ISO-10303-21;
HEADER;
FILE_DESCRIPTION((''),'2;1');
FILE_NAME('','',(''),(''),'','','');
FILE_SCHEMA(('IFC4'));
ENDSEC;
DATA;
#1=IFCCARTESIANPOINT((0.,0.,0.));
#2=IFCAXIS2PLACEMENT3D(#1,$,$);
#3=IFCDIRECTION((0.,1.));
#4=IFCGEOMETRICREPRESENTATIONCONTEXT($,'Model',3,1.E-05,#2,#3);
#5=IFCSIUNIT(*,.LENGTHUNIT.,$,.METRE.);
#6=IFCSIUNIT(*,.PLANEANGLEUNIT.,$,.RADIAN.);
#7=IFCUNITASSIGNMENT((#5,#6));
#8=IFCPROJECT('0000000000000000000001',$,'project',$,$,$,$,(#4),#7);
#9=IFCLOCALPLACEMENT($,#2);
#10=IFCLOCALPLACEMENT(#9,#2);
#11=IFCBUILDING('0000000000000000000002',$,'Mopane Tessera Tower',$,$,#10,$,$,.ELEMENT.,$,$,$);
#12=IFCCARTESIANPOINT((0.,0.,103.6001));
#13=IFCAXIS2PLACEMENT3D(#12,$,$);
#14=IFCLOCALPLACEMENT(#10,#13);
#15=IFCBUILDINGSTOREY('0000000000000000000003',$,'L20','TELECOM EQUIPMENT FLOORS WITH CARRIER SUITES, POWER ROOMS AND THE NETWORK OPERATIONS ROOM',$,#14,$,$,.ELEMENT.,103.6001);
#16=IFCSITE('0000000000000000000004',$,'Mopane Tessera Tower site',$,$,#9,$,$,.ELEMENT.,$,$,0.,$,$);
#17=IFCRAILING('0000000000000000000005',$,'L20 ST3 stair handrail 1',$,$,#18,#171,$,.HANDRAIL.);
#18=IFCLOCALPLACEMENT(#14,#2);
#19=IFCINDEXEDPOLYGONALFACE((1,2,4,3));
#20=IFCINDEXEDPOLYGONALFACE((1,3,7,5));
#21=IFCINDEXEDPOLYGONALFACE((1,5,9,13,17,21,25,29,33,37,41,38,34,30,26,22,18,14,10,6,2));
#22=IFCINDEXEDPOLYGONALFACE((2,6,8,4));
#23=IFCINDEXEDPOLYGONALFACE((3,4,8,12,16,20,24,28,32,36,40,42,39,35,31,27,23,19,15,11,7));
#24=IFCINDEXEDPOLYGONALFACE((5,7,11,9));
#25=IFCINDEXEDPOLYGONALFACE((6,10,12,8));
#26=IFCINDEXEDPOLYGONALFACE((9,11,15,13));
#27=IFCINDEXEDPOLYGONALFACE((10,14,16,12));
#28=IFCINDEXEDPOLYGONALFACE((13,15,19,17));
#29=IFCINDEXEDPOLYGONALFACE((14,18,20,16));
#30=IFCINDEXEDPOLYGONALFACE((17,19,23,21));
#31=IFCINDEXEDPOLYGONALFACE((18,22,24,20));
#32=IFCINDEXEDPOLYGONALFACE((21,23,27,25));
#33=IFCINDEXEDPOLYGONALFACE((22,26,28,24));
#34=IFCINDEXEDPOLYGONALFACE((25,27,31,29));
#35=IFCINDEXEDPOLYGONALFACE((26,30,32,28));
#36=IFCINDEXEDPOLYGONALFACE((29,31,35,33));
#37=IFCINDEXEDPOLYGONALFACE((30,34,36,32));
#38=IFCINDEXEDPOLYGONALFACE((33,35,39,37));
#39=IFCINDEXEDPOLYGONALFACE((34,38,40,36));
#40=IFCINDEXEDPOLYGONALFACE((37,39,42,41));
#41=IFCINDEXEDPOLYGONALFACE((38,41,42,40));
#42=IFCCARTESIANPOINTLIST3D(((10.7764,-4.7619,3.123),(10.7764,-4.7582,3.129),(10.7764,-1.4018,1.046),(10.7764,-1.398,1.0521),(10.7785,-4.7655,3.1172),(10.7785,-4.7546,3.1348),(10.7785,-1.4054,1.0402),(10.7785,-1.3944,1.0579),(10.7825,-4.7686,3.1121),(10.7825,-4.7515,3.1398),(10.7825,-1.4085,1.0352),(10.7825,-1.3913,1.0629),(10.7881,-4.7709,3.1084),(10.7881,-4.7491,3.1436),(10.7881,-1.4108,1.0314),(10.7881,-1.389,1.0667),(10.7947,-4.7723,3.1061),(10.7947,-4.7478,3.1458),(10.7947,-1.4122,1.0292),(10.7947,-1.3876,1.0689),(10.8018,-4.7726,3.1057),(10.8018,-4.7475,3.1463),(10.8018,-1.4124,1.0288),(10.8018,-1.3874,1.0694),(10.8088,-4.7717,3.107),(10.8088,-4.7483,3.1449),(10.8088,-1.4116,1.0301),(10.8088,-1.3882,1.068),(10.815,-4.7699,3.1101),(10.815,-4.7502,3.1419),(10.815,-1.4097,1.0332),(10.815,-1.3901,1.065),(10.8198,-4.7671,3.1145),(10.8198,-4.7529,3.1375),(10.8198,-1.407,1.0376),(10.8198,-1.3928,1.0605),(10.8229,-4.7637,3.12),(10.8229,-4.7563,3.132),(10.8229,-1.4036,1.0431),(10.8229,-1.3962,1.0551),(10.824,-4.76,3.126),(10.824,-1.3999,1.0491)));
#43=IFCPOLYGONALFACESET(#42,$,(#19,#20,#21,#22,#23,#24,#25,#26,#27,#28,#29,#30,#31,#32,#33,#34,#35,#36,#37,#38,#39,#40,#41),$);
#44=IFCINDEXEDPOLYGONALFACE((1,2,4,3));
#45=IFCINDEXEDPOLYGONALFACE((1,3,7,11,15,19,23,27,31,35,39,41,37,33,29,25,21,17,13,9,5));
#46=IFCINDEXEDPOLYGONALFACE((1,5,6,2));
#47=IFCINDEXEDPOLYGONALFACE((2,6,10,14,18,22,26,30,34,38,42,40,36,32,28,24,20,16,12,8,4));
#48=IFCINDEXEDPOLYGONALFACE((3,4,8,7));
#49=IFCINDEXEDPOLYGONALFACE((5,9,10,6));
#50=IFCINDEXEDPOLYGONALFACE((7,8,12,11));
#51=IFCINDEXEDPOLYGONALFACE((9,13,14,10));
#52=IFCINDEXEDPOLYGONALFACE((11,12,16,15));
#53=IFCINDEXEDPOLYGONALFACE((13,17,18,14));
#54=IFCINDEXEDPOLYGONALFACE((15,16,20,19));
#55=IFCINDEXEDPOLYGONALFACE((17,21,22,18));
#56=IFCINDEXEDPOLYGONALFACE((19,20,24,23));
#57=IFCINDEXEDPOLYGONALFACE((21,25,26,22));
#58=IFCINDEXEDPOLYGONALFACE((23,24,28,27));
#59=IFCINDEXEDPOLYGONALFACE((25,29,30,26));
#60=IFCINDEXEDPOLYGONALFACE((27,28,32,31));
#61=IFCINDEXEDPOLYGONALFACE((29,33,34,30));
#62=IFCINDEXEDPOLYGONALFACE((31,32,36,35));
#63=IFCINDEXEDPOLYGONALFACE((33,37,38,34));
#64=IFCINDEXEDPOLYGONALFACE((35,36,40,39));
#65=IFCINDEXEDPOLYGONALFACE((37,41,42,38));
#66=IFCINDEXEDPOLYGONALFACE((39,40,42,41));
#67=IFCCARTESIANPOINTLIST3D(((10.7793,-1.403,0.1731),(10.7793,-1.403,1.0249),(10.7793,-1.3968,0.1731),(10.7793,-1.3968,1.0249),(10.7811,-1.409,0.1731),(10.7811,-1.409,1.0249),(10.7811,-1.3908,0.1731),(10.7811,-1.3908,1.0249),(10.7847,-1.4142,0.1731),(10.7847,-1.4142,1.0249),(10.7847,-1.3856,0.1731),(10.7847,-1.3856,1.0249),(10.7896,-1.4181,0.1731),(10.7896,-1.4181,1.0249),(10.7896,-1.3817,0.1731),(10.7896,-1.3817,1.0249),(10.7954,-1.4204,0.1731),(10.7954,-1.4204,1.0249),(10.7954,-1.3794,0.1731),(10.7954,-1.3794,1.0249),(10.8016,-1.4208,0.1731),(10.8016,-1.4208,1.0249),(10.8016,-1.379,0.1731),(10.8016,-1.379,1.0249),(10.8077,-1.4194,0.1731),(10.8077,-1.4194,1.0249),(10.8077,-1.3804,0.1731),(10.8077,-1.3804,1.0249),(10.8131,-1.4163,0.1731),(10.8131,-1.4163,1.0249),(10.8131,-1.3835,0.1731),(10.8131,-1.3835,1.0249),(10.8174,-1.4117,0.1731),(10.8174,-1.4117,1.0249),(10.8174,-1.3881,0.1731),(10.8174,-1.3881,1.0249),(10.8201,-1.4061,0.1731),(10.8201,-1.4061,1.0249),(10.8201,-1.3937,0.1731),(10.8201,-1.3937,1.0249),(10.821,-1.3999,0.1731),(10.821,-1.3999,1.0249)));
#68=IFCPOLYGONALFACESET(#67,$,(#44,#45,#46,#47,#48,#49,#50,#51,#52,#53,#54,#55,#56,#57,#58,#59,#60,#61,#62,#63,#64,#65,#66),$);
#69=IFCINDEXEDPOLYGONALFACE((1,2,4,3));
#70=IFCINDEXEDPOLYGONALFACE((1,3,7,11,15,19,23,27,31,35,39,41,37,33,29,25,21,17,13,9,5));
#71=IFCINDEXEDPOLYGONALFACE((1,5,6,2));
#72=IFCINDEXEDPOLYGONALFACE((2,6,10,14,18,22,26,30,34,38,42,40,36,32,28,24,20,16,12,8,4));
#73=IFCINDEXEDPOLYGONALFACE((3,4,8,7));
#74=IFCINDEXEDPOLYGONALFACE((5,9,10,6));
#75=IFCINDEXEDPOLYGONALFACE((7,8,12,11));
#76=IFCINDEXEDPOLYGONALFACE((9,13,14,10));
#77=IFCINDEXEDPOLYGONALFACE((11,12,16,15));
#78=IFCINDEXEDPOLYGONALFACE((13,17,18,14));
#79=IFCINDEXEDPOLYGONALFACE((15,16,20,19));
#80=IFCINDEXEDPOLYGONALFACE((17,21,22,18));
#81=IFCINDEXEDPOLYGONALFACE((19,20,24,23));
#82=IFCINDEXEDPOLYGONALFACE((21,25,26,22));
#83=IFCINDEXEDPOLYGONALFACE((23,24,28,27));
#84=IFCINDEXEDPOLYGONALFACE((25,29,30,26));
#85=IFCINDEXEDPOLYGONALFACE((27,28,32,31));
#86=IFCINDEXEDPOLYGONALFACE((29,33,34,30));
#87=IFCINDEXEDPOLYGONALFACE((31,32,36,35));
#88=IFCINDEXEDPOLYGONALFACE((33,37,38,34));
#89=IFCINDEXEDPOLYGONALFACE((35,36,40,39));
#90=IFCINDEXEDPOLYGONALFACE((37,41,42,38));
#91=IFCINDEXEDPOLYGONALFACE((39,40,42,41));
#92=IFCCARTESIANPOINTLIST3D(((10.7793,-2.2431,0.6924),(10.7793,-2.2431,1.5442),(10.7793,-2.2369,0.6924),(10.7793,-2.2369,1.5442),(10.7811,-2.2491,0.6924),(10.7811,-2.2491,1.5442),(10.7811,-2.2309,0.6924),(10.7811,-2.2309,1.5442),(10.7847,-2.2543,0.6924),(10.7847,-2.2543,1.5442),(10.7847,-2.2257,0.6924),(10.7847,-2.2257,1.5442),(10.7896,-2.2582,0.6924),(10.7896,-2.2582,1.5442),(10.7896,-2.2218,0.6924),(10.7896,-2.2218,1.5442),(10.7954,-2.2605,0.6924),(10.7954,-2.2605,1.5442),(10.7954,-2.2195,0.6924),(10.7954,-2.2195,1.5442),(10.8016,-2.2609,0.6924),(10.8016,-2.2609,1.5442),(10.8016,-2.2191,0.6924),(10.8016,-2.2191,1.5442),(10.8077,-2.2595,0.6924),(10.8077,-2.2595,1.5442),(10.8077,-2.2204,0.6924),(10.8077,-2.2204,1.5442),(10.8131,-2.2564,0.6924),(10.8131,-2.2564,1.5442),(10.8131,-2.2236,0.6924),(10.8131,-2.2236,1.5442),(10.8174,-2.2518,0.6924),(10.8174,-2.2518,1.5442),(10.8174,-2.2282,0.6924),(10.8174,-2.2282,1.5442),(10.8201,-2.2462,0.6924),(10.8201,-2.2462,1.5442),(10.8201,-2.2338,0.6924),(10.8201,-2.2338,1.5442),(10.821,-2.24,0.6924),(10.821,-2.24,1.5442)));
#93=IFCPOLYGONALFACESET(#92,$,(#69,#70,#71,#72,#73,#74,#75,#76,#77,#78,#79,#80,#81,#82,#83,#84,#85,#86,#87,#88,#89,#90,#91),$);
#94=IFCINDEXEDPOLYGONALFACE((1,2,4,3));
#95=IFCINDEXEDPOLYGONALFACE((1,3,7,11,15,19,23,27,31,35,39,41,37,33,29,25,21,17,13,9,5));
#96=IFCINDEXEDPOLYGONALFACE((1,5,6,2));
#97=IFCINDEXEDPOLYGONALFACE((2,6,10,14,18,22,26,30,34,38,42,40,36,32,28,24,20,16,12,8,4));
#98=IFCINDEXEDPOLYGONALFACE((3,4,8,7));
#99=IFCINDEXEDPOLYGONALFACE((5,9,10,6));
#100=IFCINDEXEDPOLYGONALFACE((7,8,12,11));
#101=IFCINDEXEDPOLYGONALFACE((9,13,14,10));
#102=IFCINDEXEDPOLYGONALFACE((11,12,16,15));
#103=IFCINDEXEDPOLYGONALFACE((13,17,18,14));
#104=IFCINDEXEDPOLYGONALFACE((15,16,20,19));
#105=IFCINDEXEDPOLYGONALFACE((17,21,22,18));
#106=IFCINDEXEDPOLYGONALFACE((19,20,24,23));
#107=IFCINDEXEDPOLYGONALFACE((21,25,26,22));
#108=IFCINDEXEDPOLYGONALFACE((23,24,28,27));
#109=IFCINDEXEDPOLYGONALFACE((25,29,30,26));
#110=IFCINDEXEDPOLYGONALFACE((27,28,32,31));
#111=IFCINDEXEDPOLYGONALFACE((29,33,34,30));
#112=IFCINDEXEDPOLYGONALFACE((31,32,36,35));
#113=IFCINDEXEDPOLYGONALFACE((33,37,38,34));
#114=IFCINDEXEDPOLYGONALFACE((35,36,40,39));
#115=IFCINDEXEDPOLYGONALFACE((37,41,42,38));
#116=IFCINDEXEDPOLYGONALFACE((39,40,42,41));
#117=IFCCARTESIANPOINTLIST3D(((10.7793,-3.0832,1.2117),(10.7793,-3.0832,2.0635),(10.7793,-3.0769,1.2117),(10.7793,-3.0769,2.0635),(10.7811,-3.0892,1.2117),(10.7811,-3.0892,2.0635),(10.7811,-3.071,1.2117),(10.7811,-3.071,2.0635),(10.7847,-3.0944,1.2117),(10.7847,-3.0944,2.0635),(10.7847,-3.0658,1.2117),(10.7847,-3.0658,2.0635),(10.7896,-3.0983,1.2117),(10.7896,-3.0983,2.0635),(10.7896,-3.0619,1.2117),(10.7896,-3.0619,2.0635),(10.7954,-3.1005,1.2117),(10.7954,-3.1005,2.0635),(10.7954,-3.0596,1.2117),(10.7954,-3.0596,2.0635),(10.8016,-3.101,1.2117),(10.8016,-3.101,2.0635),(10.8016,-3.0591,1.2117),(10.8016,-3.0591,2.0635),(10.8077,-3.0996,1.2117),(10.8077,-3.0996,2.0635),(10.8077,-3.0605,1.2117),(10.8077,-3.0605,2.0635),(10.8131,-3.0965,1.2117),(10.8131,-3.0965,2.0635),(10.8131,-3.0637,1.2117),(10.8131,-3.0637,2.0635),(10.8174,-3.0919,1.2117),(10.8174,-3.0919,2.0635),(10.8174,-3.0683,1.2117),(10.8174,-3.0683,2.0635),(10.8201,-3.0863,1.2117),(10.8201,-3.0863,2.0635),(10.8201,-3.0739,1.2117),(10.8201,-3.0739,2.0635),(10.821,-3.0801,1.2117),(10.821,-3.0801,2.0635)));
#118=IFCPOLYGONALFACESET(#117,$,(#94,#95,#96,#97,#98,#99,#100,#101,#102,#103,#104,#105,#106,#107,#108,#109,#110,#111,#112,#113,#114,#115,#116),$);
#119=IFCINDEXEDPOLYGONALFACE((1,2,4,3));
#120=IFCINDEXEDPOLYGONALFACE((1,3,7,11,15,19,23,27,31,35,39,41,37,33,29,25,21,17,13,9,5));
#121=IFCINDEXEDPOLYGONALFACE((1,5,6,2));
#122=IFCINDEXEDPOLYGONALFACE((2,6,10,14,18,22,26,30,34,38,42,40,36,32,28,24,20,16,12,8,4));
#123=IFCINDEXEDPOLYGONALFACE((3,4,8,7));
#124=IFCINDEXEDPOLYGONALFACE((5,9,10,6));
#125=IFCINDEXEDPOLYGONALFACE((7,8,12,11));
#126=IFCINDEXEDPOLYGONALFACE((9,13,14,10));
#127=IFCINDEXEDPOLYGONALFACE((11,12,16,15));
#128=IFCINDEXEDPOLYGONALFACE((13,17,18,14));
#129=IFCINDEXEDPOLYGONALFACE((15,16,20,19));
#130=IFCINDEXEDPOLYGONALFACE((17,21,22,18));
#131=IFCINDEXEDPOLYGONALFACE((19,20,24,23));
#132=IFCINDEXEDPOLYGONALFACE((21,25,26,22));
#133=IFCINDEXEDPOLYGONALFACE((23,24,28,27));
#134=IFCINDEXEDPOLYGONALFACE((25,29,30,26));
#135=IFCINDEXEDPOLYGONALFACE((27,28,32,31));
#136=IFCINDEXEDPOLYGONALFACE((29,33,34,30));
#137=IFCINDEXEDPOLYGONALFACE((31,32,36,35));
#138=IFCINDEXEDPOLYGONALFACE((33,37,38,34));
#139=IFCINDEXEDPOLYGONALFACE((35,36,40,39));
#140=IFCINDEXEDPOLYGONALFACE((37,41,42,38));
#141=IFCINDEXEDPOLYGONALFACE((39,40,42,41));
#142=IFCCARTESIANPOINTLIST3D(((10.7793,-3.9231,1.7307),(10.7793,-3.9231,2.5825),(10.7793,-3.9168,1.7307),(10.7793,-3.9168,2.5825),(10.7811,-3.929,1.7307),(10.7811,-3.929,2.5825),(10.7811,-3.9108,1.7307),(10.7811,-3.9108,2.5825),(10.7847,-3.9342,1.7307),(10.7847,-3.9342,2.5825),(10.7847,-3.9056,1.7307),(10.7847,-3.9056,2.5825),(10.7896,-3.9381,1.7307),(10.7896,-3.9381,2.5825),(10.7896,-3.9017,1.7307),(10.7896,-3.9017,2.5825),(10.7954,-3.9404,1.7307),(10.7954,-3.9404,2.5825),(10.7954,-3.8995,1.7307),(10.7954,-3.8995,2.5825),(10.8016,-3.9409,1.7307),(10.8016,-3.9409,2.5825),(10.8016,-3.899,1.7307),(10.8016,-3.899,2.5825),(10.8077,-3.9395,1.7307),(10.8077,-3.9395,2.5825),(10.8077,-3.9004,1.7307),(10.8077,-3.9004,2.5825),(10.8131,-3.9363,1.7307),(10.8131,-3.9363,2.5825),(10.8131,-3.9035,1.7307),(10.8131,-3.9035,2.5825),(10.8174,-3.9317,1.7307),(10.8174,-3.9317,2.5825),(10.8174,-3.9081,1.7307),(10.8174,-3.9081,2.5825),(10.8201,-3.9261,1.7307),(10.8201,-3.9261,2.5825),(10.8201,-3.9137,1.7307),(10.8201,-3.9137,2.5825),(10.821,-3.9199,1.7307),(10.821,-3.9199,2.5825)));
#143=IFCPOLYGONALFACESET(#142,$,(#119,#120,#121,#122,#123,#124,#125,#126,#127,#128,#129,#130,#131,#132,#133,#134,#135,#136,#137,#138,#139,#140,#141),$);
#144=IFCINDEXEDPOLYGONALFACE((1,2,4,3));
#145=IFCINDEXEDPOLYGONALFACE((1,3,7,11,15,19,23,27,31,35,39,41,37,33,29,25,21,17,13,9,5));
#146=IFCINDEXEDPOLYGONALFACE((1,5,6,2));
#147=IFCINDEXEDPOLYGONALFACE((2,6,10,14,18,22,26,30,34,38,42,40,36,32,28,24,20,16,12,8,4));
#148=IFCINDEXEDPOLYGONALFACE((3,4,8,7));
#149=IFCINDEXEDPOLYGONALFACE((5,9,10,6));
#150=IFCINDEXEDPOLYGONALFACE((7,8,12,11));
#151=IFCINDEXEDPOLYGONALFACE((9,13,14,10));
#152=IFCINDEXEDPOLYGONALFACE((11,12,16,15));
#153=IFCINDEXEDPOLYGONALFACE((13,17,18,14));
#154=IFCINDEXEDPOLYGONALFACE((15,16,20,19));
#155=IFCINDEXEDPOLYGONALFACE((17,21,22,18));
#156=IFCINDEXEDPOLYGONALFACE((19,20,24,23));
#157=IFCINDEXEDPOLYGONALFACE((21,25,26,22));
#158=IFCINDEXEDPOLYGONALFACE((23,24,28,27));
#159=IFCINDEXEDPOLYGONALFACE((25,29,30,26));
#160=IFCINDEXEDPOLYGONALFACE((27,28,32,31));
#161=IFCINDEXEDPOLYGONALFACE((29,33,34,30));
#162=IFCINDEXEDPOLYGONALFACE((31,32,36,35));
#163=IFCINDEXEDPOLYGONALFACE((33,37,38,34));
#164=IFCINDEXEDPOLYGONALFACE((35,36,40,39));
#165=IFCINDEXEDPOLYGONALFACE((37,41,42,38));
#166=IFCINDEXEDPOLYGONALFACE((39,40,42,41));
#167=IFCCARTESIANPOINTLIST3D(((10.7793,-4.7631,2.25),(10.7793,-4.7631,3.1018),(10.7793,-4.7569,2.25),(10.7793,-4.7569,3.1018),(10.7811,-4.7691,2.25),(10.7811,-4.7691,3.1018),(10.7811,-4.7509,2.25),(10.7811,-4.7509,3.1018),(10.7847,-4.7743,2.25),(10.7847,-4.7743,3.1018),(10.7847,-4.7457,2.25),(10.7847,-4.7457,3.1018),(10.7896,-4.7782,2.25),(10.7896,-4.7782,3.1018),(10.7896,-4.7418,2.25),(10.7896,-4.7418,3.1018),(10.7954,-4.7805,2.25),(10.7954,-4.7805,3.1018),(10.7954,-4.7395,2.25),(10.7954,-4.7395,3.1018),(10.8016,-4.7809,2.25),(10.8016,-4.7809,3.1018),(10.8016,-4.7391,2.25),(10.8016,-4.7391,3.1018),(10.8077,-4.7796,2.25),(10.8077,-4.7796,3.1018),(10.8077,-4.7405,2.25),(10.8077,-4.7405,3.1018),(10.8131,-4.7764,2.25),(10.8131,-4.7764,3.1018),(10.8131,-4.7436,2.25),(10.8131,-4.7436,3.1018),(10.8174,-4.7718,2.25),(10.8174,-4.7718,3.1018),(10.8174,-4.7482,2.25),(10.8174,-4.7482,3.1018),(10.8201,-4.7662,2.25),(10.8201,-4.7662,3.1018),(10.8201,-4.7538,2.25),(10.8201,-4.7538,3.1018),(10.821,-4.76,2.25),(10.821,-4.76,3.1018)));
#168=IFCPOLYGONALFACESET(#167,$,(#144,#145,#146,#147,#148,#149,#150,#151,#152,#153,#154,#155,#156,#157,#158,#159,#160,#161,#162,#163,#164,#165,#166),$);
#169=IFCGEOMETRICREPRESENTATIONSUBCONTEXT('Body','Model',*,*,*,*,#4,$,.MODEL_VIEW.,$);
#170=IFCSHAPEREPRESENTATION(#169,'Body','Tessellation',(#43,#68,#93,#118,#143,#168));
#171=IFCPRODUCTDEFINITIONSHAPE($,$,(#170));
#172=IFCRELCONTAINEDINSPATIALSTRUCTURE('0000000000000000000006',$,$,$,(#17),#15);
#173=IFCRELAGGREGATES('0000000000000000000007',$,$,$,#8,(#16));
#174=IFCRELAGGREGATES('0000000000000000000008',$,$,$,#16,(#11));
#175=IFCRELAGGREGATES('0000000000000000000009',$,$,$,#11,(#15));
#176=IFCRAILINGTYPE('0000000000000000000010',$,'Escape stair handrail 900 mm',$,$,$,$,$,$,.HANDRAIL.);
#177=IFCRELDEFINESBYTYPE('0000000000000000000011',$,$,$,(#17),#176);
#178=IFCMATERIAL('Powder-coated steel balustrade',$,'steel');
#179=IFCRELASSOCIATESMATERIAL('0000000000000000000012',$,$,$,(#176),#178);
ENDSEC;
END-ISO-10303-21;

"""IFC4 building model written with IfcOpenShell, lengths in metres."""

from ifc_helpers import new_model, si_unit, direction, frame, origin, origin_2d, place, context, subcontext, project, spatial, circle, extrude, material, type_object, element, save


model = new_model("IFC4")

# Units and contexts
model_context = context("Model", 3, precision=1e-05, world=origin(), true_north=direction((0.0, 1.0)))
body_context = subcontext(model_context, "Body", "Model", "MODEL_VIEW")
ifc_project = project(units=[si_unit("LENGTHUNIT", "METRE"), si_unit("PLANEANGLEUNIT", "RADIAN")], contexts=[model_context])

# Site, building, storey
site_placement = place(None, origin())
site = spatial("IfcSite", under=ifc_project, at=site_placement, Name="Mopane Tessera Tower site", CompositionType="ELEMENT", RefElevation=0.0)
building_placement = place(site_placement, origin())
building = spatial("IfcBuilding", under=site, at=building_placement, Name="Mopane Tessera Tower", CompositionType="ELEMENT")
storey_placement = place(building_placement, frame((0.0, 0.0, 103.6001)))
storey = spatial("IfcBuildingStorey", under=building, at=storey_placement, Name="L20", Description="TELECOM EQUIPMENT FLOORS WITH CARRIER SUITES, POWER ROOMS AND THE NETWORK OPERATIONS ROOM", CompositionType="ELEMENT", Elevation=103.6001)

# Railing
ifc_material_1 = material(Name="Powder-coated steel balustrade", Category="steel")
railing_type = type_object("IfcRailingType", Name="Escape stair handrail 900 mm", PredefinedType="HANDRAIL", material=ifc_material_1)
railing_placement = place(storey_placement, frame((10.8, -1.3999, 0.1731)))
element("IfcRailing", 1, at=railing_placement, inside=storey, type_object=railing_type, Name="L20 ST3 stair handrail 1", PredefinedType="HANDRAIL", context=body_context, shape_type="SweptSolid", body=[
    extrude(circle(Radius=0.0239, at=origin_2d()), frame((0.0, 0.0, 0.876), z_axis=(0.0, -0.850623, 0.525776), x_axis=(1.0, 0.0, 0.0)), (0.0, 0.0, 1.0), 3.9502),
    extrude(circle(Radius=0.021, at=origin_2d()), origin(), (0.0, 0.0, 1.0), 0.8518),
    extrude(circle(Radius=0.021, at=origin_2d()), frame((0.0, -0.8401, 0.5193)), (0.0, 0.0, 1.0), 0.8518),
    extrude(circle(Radius=0.021, at=origin_2d()), frame((0.0, -1.6802, 1.0386)), (0.0, 0.0, 1.0), 0.8518),
    extrude(circle(Radius=0.021, at=origin_2d()), frame((0.0, -2.52, 1.5576)), (0.0, 0.0, 1.0), 0.8518),
    extrude(circle(Radius=0.021, at=origin_2d()), frame((0.0, -3.3601, 2.0769)), (0.0, 0.0, 1.0), 0.8518),
])

save(model, "model.ifc")
